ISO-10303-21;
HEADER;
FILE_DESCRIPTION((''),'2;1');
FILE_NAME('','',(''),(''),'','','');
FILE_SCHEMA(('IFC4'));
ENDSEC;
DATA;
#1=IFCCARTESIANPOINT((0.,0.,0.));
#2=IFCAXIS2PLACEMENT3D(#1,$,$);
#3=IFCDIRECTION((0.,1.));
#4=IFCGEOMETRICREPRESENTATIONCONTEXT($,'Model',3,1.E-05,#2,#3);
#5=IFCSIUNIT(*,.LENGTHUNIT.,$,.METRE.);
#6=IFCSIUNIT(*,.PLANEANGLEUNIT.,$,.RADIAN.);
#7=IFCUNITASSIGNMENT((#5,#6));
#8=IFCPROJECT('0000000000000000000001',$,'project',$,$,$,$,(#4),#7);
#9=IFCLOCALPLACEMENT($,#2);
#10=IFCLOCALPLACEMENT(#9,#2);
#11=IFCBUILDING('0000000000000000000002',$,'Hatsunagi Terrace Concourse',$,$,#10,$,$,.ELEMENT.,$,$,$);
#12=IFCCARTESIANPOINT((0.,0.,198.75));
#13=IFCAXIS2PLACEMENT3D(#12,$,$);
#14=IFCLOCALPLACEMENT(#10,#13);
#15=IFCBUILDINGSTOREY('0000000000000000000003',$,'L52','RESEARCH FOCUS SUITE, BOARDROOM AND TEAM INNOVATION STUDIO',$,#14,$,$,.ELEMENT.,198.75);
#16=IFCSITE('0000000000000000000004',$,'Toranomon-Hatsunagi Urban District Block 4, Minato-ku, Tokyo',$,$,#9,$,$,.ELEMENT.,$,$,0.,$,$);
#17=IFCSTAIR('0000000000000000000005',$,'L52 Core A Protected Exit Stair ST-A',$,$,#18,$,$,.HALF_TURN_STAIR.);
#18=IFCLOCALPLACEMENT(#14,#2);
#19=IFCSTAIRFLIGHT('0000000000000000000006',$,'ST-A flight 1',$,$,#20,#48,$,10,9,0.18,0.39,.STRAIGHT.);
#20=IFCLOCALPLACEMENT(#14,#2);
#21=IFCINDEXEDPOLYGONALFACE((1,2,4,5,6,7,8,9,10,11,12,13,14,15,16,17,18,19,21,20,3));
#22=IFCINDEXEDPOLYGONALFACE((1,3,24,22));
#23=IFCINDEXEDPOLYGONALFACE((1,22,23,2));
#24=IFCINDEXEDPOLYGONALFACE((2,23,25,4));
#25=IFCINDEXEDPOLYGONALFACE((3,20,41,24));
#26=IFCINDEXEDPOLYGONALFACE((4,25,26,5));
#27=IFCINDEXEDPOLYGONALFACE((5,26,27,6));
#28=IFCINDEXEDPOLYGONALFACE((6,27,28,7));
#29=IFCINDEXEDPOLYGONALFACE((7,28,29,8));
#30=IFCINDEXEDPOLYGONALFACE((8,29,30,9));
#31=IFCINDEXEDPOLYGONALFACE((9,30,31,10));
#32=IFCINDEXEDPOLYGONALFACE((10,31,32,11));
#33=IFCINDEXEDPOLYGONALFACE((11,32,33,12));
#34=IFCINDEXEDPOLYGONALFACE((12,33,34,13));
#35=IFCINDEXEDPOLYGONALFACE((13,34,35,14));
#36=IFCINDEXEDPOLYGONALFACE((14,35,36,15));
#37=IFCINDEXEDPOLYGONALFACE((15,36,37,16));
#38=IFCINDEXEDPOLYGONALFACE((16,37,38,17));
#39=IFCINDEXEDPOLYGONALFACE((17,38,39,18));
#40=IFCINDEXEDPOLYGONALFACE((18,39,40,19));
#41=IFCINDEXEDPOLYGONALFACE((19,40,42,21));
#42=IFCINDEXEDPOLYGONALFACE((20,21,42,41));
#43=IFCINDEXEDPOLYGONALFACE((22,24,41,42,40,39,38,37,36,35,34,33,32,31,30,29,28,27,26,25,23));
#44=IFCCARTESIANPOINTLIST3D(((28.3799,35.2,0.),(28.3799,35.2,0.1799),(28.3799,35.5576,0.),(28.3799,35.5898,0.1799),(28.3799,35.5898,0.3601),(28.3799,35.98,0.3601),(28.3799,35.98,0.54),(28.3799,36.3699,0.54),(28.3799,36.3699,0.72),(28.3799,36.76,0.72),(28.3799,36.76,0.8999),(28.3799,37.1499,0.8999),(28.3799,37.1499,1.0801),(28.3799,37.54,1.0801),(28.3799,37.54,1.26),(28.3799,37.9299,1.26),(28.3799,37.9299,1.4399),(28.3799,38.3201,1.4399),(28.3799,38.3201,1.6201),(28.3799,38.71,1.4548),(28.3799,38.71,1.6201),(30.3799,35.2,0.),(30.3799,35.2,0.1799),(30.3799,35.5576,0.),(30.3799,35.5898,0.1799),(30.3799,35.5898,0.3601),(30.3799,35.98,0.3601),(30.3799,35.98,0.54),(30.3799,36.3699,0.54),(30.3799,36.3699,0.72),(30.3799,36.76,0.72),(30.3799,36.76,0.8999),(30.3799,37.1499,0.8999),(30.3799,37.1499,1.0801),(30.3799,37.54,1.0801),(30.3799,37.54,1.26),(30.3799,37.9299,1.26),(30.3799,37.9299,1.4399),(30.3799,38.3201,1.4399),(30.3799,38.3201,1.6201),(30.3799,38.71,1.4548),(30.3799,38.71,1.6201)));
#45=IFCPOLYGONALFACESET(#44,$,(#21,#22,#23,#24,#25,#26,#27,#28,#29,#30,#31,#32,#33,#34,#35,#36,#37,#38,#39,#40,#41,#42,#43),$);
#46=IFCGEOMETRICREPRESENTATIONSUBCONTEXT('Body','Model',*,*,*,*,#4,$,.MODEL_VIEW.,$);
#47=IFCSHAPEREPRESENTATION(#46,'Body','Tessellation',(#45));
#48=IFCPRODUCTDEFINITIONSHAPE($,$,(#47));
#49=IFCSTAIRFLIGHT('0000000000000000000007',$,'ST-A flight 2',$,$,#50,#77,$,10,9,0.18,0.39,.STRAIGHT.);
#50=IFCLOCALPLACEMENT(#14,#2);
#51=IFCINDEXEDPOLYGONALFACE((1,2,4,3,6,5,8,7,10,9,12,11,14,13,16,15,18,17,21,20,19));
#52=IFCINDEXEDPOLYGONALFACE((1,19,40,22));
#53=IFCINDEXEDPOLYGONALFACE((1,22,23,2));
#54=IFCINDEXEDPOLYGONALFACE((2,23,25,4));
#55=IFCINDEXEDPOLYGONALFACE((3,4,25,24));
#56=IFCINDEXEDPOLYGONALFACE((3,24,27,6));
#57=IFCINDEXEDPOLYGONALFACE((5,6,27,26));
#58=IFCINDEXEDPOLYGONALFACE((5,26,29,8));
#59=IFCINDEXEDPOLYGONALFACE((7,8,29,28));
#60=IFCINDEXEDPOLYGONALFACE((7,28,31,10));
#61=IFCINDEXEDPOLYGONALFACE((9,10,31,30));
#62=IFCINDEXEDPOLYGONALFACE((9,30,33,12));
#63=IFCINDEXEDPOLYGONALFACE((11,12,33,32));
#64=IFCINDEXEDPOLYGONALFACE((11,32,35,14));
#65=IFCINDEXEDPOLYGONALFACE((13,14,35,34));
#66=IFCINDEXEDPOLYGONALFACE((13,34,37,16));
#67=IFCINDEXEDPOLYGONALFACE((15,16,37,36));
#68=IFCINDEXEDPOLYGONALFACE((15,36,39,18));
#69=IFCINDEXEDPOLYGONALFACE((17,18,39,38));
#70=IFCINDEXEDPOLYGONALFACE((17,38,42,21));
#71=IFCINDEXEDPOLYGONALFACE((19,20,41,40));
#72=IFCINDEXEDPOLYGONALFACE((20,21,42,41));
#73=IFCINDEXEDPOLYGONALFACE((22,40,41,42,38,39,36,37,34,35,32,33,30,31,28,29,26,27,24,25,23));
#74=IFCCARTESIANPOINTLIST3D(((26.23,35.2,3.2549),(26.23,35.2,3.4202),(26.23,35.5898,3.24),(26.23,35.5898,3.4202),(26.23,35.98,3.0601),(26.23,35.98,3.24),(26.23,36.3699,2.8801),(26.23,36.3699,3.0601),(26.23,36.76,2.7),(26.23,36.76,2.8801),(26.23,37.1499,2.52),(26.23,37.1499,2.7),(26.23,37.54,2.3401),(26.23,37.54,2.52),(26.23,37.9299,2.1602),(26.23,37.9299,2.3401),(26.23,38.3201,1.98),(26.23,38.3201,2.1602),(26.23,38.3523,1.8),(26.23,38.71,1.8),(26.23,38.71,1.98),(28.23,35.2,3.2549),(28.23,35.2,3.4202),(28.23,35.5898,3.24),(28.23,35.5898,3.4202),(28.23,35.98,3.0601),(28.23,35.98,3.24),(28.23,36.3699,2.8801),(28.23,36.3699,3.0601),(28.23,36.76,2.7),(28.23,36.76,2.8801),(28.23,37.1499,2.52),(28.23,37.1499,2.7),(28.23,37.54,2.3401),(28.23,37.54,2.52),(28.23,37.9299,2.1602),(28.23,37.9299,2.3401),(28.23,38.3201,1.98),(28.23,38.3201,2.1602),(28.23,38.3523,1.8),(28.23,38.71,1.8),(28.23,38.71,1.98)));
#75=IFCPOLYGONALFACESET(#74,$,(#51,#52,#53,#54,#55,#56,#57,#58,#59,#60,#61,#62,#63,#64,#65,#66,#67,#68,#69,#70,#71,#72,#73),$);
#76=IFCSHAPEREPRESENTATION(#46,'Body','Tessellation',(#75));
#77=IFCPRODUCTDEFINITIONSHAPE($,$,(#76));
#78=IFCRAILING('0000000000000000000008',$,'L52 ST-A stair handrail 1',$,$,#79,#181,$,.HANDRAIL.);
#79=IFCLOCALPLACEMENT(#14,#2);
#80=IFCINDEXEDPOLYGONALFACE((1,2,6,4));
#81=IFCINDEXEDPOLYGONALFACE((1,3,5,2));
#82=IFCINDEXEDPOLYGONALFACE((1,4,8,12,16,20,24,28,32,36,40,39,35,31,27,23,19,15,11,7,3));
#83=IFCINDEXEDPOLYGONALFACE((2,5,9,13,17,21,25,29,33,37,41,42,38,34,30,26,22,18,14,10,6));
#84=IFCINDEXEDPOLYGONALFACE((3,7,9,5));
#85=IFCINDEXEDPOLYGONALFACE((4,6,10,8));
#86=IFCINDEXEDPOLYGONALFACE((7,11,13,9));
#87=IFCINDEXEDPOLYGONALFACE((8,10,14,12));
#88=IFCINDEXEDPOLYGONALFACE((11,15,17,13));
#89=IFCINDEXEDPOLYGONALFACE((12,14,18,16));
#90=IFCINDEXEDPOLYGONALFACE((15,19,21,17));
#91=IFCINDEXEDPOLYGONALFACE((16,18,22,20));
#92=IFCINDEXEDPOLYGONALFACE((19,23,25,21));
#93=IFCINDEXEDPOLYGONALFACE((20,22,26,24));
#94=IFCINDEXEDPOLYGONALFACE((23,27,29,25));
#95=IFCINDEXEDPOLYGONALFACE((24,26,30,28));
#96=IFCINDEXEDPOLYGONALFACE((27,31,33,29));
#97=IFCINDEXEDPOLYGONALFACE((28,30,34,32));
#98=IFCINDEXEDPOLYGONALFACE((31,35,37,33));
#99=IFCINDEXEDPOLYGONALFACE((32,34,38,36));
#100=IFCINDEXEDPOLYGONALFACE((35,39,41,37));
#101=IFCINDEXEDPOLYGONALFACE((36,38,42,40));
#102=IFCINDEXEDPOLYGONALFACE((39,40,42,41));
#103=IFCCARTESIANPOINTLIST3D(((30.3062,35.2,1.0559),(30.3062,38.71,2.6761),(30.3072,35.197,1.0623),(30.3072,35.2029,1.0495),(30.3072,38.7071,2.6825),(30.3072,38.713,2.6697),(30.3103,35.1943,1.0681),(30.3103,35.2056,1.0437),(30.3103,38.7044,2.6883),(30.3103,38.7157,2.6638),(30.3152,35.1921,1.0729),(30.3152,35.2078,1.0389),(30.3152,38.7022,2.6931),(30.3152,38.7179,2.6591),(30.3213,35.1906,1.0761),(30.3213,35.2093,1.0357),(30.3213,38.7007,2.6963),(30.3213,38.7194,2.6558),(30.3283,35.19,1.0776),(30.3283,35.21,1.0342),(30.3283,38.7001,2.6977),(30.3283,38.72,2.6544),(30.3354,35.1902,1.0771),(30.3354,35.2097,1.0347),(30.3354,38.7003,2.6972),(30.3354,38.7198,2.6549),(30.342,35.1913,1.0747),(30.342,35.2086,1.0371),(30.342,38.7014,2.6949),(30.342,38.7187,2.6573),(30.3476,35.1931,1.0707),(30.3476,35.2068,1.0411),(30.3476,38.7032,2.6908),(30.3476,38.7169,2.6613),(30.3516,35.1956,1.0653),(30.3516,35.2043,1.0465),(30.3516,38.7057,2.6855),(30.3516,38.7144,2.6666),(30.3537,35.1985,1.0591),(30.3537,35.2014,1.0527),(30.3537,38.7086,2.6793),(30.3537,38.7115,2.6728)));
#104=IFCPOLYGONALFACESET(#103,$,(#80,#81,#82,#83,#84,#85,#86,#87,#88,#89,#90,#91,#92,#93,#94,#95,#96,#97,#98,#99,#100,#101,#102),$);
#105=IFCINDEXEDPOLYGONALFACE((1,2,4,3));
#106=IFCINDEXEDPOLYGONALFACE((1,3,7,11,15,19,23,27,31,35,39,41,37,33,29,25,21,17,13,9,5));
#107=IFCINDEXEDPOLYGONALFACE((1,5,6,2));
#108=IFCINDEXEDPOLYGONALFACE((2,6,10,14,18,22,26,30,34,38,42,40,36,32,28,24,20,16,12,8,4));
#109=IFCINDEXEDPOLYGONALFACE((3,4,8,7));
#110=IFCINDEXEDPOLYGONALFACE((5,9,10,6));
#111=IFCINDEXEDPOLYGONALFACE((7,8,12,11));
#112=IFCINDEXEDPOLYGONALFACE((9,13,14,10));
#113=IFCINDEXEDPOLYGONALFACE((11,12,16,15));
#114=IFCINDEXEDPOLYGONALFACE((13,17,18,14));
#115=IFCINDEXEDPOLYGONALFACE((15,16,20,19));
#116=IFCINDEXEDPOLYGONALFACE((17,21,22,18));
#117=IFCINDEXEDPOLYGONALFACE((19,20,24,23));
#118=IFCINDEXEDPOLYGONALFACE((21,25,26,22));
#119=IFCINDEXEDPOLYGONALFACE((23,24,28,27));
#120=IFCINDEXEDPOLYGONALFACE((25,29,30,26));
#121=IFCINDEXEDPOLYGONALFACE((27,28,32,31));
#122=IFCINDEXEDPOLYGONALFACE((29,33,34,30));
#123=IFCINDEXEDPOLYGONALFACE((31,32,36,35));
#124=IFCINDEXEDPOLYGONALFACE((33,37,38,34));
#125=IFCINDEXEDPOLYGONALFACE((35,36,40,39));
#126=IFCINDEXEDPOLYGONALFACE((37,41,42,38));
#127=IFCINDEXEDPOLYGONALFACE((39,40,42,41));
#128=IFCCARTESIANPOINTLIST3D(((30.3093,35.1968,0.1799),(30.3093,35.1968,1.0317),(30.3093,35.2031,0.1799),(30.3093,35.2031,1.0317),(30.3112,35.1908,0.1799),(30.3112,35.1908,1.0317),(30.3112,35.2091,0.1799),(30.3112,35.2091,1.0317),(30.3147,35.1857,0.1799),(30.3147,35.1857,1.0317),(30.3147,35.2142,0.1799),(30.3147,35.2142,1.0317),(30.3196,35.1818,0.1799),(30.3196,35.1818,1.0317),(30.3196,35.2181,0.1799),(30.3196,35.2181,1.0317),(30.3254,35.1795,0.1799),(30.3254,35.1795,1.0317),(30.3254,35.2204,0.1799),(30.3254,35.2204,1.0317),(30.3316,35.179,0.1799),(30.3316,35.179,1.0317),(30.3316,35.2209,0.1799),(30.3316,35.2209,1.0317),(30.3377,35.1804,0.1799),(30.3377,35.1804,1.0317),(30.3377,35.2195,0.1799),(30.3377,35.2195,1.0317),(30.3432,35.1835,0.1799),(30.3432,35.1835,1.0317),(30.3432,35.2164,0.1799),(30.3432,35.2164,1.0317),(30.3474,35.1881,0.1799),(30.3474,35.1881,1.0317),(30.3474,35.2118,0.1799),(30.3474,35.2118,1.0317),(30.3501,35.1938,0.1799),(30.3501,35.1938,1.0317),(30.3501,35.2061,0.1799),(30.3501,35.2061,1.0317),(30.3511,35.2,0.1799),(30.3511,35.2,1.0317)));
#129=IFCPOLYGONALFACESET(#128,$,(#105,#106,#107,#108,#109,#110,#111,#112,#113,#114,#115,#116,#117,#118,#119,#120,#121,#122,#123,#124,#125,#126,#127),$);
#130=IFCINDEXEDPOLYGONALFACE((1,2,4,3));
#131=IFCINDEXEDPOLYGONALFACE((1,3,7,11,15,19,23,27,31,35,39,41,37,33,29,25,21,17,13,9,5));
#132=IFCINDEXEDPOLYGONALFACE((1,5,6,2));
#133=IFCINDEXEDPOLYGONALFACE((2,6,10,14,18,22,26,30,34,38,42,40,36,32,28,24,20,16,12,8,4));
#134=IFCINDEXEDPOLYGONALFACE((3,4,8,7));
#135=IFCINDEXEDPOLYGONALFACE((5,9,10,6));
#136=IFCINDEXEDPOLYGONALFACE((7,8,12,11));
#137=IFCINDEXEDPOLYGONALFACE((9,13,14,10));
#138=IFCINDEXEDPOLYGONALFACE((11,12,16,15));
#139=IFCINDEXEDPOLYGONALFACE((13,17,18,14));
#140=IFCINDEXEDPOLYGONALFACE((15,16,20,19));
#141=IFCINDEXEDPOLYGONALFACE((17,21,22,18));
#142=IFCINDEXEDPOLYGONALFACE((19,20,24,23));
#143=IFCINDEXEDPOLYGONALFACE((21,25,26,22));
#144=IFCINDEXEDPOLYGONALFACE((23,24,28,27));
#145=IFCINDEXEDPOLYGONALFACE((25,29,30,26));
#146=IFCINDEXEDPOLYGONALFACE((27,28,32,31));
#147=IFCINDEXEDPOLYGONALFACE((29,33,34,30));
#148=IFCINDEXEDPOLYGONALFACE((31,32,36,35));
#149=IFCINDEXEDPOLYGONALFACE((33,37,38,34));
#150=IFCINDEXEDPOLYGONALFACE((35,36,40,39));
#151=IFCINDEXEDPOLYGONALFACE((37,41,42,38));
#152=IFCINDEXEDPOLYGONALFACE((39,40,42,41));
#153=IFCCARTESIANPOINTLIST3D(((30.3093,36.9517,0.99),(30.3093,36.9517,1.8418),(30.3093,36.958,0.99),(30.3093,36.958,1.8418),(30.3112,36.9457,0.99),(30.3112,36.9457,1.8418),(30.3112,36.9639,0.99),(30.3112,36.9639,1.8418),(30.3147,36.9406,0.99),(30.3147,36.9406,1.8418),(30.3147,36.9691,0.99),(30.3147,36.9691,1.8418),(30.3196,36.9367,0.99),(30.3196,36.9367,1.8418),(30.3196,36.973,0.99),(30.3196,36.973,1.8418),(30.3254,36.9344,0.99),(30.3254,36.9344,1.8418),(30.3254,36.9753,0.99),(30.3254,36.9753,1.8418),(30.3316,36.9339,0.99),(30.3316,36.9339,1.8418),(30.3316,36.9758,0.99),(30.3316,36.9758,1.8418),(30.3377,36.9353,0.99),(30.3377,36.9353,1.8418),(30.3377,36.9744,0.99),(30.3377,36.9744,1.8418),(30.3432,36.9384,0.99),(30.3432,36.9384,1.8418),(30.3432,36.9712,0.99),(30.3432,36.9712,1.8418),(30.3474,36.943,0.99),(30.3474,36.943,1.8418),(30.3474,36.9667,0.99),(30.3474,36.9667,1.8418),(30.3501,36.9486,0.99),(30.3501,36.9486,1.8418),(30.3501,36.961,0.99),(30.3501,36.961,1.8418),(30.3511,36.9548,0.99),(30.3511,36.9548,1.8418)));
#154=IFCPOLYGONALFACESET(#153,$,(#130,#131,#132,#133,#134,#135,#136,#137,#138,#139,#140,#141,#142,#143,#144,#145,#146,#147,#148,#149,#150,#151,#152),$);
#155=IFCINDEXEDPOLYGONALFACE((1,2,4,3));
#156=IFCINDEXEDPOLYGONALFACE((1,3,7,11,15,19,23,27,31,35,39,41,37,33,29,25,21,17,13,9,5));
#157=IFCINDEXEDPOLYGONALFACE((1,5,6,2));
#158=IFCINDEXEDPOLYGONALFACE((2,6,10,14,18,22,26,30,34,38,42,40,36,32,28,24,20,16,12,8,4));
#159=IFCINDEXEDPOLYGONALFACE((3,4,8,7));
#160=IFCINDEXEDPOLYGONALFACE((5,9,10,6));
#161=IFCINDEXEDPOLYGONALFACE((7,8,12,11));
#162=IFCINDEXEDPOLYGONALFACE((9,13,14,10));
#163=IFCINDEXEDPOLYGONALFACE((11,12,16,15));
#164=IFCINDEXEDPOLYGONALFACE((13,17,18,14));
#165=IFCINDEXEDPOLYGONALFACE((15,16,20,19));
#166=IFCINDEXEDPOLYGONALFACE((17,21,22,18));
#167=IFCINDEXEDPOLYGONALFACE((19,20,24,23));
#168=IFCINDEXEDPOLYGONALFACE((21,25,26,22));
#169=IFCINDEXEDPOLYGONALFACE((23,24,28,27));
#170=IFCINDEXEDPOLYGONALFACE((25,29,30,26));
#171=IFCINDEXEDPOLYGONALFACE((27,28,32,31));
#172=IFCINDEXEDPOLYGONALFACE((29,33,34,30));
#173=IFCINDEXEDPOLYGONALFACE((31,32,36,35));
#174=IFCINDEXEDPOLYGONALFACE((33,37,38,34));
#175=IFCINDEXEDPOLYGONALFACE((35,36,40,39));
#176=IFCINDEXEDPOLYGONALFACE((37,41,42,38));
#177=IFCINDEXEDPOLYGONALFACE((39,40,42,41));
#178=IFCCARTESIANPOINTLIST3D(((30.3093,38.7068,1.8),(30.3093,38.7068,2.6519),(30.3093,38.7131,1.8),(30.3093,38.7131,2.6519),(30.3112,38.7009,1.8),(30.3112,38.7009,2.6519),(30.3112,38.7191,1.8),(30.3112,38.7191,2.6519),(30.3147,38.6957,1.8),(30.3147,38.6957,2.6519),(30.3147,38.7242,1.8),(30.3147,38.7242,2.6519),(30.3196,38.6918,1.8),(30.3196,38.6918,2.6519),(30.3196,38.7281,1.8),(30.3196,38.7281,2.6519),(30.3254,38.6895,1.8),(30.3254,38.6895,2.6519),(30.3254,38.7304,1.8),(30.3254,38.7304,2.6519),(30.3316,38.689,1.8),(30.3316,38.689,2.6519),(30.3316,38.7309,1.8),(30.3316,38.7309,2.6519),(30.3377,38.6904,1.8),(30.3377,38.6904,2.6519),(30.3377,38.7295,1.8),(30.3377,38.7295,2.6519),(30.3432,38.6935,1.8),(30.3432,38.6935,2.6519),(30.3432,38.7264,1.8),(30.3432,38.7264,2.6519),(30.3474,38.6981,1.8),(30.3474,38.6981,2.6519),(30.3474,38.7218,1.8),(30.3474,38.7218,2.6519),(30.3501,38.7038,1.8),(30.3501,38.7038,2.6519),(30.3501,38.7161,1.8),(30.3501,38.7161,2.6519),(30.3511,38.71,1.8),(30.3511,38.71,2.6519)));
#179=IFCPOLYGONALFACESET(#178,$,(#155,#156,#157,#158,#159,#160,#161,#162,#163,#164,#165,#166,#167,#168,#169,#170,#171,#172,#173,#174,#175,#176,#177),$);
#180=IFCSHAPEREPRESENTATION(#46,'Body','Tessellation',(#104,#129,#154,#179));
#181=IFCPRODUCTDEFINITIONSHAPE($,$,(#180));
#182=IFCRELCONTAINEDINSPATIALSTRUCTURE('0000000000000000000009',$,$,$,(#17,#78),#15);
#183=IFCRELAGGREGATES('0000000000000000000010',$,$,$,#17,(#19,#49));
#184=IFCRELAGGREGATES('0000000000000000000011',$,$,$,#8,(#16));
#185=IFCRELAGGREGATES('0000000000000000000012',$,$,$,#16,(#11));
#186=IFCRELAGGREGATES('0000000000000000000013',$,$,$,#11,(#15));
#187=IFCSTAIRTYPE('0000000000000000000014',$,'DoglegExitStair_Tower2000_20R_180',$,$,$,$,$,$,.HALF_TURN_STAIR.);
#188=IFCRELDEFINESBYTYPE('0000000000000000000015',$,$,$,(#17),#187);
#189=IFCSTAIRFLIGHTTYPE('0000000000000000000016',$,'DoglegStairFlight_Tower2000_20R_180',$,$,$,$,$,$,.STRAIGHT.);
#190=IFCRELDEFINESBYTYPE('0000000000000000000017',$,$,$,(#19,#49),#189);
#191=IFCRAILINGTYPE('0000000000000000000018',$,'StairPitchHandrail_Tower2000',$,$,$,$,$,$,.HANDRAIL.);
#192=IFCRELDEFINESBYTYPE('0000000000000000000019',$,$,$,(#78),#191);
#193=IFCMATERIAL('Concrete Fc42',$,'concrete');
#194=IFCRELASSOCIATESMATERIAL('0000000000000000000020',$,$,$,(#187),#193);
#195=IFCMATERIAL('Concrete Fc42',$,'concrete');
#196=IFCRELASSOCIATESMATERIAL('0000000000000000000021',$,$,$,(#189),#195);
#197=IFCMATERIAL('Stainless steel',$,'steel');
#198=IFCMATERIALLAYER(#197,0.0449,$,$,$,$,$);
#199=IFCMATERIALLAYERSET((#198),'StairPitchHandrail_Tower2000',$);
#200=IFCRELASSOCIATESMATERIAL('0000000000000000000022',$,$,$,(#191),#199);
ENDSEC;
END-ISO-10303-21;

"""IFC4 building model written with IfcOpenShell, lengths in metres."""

from ifc_helpers import new_model, si_unit, direction, frame, origin, origin_2d, place, context, subcontext, project, spatial, polyline, circle, outline, extrude, material, layer, layer_set, type_object, element, aggregate, save


model = new_model("IFC4")

# Units and contexts
model_context = context("Model", 3, precision=1e-05, world=origin(), true_north=direction((0.0, 1.0)))
body_context = subcontext(model_context, "Body", "Model", "MODEL_VIEW")
ifc_project = project(units=[si_unit("LENGTHUNIT", "METRE"), si_unit("PLANEANGLEUNIT", "RADIAN")], contexts=[model_context])

# Site, building, storey
site_placement = place(None, origin())
site = spatial("IfcSite", under=ifc_project, at=site_placement, Name="Toranomon-Hatsunagi Urban District Block 4, Minato-ku, Tokyo", CompositionType="ELEMENT", RefElevation=0.0)
building_placement = place(site_placement, origin())
building = spatial("IfcBuilding", under=site, at=building_placement, Name="Hatsunagi Terrace Concourse", CompositionType="ELEMENT")
storey_placement = place(building_placement, frame((0.0, 0.0, 198.75)))
storey = spatial("IfcBuildingStorey", under=building, at=storey_placement, Name="L52", Description="RESEARCH FOCUS SUITE, BOARDROOM AND TEAM INNOVATION STUDIO", CompositionType="ELEMENT", Elevation=198.75)

# Stair, stair flights
ifc_material_1 = material(Name="Concrete Fc42", Category="concrete")
stair_type = type_object("IfcStairType", Name="DoglegExitStair_Tower2000_20R_180", PredefinedType="HALF_TURN_STAIR", material=ifc_material_1)
stair_placement = place(storey_placement, origin())
stair = element("IfcStair", 1, at=stair_placement, inside=storey, type_object=stair_type, Name="L52 Core A Protected Exit Stair ST-A", PredefinedType="HALF_TURN_STAIR")
ifc_material_2 = material(Name="Concrete Fc42", Category="concrete")
stair_flight_type = type_object("IfcStairFlightType", Name="DoglegStairFlight_Tower2000_20R_180", PredefinedType="STRAIGHT", material=ifc_material_2)
stair_flight_1_placement = place(storey_placement, frame((29.3799, 35.2, 0.0), z_axis=(0.0, 0.0, 1.0), x_axis=(0.0, 1.0, 0.0)))
stair_flight_1 = element("IfcStairFlight", 2, at=stair_flight_1_placement, type_object=stair_flight_type, Name="ST-A flight 1", NumberOfRisers=10, NumberOfTreads=9, PredefinedType="STRAIGHT", RiserHeight=0.18, TreadLength=0.39, context=body_context, shape_type="SweptSolid", body=[
    extrude(outline(polyline([(0.0, 0.0), (0.0, 0.1799), (0.3899, 0.1799), (0.3899, 0.3601), (0.78, 0.3601), (0.78, 0.54), (1.1699, 0.54), (1.1699, 0.72), (1.5601, 0.72), (1.5601, 0.8999), (1.95, 0.8999), (1.95, 1.0801), (2.3401, 1.0801), (2.3401, 1.26), (2.73, 1.26), (2.73, 1.4399), (3.1201, 1.4399), (3.1201, 1.6201), (3.51, 1.6201), (3.51, 1.8), (3.51, 1.4548), (0.3577, 0.0), (0.0, 0.0)])), frame((0.0, 1.0, 0.0), z_axis=(0.0, -1.0, 0.0), x_axis=(1.0, 0.0, 0.0)), (0.0, 0.0, 1.0), 2.0),
])
stair_flight_2_placement = place(storey_placement, frame((27.23, 38.71, 1.8), z_axis=(0.0, 0.0, 1.0), x_axis=(0.0, -1.0, 0.0)))
stair_flight_2 = element("IfcStairFlight", 3, at=stair_flight_2_placement, type_object=stair_flight_type, Name="ST-A flight 2", NumberOfRisers=10, NumberOfTreads=9, PredefinedType="STRAIGHT", RiserHeight=0.18, TreadLength=0.39, context=body_context, shape_type="SweptSolid", body=[
    extrude(outline(polyline([(0.0, 0.0), (0.0, 0.1799), (0.3899, 0.1799), (0.3899, 0.3601), (0.78, 0.3601), (0.78, 0.54), (1.1699, 0.54), (1.1699, 0.72), (1.5601, 0.72), (1.5601, 0.8999), (1.95, 0.8999), (1.95, 1.0801), (2.3401, 1.0801), (2.3401, 1.26), (2.73, 1.26), (2.73, 1.4399), (3.1201, 1.4399), (3.1201, 1.6201), (3.51, 1.6201), (3.51, 1.8), (3.51, 1.4548), (0.3577, 0.0), (0.0, 0.0)])), frame((0.0, 1.0, 0.0), z_axis=(0.0, -1.0, 0.0), x_axis=(1.0, 0.0, 0.0)), (0.0, 0.0, 1.0), 2.0),
])
aggregate(stair, [stair_flight_1, stair_flight_2])

# Railing
ifc_material_3 = material(Name="Stainless steel", Category="steel")
ifc_layer_1 = layer(ifc_material_3, 0.0449)
ifc_layer_set_1 = layer_set([ifc_layer_1], Name="StairPitchHandrail_Tower2000")
railing_type_1 = type_object("IfcRailingType", Name="StairPitchHandrail_Tower2000", PredefinedType="HANDRAIL", material=ifc_layer_set_1)
railing_1_placement = place(storey_placement, frame((30.3301, 35.2, 0.1799)))
element("IfcRailing", 4, at=railing_1_placement, inside=storey, type_object=railing_type_1, Name="L52 ST-A stair handrail 1", PredefinedType="HANDRAIL", context=body_context, shape_type="SweptSolid", body=[
    extrude(circle(Radius=0.0239, at=origin_2d()), frame((0.0, 0.0, 0.876), z_axis=(0.0, 0.907948, 0.419082), x_axis=(-1.0, 0.0, 0.0)), (0.0, 0.0, 1.0), 3.866),
    extrude(circle(Radius=0.021, at=origin_2d()), origin(), (0.0, 0.0, 1.0), 0.8518),
    extrude(circle(Radius=0.021, at=origin_2d()), frame((0.0, 1.7549, 0.8101)), (0.0, 0.0, 1.0), 0.8518),
    extrude(circle(Radius=0.021, at=origin_2d()), frame((0.0, 3.51, 1.6201)), (0.0, 0.0, 1.0), 0.8518),
])

save(model, "model.ifc")
